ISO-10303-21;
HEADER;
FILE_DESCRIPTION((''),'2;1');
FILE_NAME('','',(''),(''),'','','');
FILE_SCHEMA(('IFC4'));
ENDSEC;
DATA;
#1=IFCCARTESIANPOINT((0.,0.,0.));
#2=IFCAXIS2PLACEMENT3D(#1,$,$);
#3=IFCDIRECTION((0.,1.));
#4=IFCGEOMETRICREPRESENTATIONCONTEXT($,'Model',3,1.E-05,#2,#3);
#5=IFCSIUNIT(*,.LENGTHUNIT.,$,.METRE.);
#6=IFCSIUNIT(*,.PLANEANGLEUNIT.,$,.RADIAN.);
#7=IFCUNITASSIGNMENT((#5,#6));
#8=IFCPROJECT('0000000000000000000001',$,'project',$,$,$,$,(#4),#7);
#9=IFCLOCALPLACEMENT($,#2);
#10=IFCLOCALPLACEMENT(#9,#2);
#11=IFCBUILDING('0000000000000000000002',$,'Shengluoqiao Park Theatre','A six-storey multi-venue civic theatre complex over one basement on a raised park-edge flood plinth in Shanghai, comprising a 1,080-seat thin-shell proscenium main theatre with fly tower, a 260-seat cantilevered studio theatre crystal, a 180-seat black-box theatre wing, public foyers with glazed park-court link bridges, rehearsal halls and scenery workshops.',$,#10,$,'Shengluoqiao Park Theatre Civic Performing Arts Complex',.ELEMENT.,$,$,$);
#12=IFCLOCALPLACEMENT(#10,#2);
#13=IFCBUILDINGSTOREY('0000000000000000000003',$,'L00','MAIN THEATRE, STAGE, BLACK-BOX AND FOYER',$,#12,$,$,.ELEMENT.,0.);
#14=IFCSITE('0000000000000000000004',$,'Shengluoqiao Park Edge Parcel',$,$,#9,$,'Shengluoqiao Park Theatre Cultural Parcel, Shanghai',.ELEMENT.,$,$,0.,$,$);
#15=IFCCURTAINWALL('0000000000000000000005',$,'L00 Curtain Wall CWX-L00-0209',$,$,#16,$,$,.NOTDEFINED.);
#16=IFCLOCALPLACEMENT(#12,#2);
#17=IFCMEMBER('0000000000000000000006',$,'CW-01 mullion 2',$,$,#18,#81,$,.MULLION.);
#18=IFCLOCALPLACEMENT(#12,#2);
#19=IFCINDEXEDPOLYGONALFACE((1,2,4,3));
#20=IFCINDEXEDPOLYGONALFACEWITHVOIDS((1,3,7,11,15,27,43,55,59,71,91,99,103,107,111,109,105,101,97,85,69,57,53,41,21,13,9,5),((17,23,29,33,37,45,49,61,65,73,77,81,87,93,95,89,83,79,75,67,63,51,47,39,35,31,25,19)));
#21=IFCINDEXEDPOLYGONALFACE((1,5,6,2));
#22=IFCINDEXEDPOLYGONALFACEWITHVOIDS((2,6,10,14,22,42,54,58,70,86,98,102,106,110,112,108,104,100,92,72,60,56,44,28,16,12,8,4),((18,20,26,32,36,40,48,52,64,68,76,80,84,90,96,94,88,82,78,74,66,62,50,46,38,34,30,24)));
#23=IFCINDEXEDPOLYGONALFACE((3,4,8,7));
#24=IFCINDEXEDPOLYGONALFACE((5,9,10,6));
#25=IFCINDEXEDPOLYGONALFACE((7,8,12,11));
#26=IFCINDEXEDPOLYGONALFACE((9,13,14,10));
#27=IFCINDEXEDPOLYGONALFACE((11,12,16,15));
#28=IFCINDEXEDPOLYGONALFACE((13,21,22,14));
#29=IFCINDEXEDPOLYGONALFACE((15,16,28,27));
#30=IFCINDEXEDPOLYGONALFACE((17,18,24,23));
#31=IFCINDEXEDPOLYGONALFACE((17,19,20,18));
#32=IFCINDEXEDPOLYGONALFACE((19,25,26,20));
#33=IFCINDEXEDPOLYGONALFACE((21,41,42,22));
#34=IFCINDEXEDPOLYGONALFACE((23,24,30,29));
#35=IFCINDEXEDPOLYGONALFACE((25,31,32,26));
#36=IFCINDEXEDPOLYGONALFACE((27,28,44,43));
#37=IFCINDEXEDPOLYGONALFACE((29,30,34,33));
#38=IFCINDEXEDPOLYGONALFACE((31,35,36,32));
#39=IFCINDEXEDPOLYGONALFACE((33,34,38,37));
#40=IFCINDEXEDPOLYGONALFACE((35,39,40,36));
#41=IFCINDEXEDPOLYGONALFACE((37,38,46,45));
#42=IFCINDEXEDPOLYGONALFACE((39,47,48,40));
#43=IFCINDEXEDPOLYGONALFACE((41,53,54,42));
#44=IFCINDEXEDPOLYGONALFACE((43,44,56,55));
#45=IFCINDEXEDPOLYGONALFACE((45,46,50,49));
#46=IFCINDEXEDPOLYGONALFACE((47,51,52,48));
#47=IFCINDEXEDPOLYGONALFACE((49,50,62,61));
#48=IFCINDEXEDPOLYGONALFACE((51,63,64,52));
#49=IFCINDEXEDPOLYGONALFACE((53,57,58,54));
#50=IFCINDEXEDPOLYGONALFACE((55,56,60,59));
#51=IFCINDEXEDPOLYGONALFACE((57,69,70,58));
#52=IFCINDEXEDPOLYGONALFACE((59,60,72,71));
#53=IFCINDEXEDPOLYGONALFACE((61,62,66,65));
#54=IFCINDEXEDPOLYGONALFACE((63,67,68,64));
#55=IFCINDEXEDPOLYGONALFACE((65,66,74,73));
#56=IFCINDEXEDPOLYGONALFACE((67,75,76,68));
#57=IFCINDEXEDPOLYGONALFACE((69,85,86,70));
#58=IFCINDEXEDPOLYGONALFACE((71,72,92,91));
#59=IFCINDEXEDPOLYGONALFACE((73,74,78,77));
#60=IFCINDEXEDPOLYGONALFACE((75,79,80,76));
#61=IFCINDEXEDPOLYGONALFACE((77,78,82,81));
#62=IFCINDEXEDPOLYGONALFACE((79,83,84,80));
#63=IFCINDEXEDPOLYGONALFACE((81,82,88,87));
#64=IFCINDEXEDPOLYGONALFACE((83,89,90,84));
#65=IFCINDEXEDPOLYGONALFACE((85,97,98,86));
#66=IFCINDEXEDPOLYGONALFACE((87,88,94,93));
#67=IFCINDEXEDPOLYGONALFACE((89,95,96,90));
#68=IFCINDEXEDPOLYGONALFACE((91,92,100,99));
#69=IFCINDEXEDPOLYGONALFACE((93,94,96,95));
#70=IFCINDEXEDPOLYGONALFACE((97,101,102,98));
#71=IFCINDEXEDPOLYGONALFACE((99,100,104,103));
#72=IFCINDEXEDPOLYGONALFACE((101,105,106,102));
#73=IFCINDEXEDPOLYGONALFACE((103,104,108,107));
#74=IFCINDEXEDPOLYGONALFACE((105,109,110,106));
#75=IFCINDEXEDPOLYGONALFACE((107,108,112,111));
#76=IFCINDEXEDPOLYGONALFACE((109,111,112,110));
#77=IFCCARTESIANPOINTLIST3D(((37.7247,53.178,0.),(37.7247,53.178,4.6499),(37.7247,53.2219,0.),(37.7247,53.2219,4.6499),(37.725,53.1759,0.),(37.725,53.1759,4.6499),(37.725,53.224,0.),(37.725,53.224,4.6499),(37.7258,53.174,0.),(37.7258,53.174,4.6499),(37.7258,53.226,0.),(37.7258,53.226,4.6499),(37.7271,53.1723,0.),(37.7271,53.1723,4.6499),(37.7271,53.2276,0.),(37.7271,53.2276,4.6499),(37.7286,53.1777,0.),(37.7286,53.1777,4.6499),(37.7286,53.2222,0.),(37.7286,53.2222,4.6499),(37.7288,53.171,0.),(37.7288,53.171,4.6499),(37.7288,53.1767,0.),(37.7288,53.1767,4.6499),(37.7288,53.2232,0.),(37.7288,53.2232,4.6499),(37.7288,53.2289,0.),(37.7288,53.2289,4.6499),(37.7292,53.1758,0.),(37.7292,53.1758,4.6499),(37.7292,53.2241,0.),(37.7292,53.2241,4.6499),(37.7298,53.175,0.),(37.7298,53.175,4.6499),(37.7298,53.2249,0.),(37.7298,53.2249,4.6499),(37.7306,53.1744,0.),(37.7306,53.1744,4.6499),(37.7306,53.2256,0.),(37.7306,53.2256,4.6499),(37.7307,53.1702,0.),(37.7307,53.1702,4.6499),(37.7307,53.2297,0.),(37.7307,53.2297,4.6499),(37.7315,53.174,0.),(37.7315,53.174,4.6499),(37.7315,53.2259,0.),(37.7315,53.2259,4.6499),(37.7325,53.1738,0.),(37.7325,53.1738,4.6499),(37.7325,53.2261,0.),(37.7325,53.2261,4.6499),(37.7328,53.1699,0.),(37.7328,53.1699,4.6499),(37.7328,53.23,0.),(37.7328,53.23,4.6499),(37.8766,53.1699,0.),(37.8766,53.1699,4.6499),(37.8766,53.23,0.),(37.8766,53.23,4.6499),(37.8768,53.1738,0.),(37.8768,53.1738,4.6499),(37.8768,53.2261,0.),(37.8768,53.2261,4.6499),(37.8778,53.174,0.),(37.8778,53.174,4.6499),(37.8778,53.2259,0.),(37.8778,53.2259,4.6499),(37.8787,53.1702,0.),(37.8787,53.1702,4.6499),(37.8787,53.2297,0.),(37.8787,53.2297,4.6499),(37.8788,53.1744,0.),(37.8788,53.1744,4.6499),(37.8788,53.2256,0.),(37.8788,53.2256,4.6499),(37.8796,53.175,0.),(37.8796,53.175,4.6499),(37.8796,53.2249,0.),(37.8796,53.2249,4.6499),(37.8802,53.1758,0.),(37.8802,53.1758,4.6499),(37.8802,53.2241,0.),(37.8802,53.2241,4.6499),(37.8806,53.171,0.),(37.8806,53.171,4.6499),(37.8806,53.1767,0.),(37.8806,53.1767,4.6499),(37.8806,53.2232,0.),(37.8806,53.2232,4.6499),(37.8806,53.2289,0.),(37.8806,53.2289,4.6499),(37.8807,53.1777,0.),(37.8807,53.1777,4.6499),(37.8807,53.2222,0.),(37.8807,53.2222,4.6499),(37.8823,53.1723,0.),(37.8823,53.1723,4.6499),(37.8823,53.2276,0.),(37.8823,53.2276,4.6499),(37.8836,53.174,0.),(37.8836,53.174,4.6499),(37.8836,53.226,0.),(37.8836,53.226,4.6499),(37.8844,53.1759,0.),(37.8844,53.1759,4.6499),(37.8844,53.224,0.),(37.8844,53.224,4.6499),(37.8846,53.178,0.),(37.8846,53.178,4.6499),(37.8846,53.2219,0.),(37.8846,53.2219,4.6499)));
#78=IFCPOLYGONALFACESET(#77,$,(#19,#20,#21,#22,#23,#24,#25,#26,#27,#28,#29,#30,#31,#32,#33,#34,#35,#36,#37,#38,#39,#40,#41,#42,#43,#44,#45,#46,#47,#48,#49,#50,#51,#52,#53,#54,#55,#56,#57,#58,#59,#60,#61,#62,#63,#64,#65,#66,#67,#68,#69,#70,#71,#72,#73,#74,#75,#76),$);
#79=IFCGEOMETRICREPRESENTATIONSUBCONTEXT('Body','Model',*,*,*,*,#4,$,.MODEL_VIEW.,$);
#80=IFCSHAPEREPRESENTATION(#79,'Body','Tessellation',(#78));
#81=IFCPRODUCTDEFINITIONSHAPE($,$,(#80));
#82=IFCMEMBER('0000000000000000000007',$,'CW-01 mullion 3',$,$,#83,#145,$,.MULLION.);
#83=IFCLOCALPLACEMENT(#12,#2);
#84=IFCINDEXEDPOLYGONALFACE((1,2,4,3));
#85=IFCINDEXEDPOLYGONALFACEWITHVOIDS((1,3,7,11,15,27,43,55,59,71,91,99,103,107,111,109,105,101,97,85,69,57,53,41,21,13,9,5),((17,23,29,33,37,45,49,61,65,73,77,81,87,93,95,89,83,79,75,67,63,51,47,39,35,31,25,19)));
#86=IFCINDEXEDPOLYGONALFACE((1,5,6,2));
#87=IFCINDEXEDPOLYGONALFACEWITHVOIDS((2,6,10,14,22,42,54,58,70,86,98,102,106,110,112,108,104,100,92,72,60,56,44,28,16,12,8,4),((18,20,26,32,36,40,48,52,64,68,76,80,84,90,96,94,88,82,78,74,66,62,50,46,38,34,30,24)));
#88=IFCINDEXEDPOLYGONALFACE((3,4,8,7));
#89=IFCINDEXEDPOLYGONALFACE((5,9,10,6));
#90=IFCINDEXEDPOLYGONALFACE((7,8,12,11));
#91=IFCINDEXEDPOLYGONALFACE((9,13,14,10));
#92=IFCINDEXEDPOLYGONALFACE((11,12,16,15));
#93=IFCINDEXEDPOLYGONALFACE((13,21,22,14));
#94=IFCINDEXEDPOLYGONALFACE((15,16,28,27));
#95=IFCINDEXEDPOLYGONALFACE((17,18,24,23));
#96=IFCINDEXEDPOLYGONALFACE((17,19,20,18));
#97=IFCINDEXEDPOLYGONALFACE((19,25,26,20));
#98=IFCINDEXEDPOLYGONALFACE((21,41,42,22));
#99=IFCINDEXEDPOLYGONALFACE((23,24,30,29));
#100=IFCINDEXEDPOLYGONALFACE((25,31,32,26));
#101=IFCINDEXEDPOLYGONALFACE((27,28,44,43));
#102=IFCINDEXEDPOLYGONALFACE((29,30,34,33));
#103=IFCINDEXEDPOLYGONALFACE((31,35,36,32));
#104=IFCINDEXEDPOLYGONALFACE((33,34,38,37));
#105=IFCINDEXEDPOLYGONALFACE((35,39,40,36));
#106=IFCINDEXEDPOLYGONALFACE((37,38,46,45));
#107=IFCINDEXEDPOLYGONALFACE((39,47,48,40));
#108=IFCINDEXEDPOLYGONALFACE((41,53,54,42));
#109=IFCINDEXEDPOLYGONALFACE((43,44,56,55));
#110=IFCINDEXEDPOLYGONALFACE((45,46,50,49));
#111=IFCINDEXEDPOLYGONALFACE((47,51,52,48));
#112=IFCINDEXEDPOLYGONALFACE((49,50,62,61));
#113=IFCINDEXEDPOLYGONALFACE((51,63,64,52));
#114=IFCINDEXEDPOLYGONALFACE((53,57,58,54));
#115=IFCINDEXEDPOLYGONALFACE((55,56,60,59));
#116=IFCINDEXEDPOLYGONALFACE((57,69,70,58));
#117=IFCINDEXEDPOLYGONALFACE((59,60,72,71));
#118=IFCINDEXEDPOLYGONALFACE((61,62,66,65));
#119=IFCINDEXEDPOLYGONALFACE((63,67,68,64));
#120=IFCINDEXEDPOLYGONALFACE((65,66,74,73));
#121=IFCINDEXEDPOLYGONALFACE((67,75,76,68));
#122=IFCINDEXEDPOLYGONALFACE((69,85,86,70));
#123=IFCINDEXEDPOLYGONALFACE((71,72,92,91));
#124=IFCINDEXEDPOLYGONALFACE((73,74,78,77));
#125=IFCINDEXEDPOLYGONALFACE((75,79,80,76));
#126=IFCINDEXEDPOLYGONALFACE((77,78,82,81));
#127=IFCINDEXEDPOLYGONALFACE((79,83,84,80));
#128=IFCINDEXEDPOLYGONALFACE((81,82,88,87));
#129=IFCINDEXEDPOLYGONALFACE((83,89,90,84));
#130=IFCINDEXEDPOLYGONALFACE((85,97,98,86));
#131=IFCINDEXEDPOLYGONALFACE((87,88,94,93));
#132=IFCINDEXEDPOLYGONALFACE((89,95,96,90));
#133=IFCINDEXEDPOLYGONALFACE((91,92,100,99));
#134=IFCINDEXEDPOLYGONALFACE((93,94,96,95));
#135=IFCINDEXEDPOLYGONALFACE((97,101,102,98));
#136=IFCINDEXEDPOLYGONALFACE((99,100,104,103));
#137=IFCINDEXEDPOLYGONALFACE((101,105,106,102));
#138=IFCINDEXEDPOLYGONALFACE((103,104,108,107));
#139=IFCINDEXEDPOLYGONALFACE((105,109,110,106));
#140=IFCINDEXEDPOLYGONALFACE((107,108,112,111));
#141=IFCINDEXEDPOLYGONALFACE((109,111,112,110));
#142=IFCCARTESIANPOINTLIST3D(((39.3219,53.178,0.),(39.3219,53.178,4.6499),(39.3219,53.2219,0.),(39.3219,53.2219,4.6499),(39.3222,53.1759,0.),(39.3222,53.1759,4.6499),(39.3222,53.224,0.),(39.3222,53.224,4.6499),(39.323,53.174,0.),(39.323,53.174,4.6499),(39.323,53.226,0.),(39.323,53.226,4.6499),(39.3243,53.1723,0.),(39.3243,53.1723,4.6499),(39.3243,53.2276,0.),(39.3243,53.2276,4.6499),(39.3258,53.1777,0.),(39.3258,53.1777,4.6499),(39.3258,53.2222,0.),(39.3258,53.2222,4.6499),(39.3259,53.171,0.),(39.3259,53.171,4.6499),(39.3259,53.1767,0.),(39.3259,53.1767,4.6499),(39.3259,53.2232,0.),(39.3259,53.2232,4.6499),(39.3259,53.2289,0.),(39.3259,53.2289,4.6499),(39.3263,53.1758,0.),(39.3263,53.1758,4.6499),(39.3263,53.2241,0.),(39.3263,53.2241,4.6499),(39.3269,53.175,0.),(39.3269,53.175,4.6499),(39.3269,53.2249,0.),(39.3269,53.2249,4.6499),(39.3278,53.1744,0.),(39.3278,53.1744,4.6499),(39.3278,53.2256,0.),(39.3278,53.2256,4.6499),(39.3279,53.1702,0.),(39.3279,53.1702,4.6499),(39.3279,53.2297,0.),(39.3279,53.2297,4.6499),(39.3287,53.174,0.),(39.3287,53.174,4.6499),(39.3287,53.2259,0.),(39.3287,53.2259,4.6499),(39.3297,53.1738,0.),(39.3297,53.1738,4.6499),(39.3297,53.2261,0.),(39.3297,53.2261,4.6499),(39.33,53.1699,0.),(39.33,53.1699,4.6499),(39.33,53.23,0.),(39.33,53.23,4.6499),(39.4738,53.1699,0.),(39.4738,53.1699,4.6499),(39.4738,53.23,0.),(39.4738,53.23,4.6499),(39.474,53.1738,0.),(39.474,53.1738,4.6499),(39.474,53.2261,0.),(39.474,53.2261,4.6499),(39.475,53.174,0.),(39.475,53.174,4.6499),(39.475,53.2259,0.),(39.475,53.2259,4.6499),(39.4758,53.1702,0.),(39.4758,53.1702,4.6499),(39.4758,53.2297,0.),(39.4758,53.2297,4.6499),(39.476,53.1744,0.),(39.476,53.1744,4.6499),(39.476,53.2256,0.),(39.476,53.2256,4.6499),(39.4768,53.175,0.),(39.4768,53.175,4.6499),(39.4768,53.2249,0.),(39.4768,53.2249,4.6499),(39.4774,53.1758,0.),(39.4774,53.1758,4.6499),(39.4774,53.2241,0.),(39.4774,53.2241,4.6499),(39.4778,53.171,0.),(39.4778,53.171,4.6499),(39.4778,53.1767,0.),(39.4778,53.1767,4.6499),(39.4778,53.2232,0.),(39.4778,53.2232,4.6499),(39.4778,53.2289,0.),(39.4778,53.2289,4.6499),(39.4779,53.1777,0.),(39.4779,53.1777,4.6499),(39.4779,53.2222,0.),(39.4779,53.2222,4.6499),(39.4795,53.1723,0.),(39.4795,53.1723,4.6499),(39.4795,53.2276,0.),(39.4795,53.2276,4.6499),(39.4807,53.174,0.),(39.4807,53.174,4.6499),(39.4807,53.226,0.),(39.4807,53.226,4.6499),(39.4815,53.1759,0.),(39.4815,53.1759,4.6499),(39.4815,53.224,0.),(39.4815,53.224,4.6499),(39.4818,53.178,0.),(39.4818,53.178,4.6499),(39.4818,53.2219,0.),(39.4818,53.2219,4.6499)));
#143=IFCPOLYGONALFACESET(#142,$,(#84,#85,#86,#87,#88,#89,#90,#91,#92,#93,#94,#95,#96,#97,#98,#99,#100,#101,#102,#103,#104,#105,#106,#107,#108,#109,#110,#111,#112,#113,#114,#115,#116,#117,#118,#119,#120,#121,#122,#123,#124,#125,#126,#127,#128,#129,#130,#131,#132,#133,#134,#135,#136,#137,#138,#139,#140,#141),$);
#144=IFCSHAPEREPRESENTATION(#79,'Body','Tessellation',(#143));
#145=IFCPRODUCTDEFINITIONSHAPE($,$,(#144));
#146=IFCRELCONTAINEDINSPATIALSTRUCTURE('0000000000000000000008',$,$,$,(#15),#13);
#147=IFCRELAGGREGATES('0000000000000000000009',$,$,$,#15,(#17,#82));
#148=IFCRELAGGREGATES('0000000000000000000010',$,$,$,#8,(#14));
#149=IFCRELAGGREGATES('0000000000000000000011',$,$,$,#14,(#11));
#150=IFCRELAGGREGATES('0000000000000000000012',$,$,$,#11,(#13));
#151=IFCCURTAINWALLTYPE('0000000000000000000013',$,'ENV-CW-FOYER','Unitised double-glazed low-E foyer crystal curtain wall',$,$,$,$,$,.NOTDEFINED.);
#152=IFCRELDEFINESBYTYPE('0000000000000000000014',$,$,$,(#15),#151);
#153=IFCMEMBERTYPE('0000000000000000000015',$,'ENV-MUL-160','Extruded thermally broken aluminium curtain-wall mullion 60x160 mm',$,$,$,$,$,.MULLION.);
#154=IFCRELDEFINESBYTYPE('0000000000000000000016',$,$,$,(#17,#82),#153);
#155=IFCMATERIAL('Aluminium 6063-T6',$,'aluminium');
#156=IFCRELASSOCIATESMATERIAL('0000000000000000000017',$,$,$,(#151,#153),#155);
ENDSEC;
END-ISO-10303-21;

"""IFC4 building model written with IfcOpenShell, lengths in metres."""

from ifc_helpers import new_model, si_unit, direction, frame, origin, origin_2d, place, context, subcontext, project, spatial, hollow_rectangle, extrude, material, material_profile, profile_set, type_object, element, aggregate, save


model = new_model("IFC4")

# Units and contexts
model_context = context("Model", 3, precision=1e-05, world=origin(), true_north=direction((0.0, 1.0)))
body_context = subcontext(model_context, "Body", "Model", "MODEL_VIEW")
ifc_project = project(units=[si_unit("LENGTHUNIT", "METRE"), si_unit("PLANEANGLEUNIT", "RADIAN")], contexts=[model_context])

# Site, building, storey
site_placement = place(None, origin())
site = spatial("IfcSite", under=ifc_project, at=site_placement, Name="Shengluoqiao Park Edge Parcel", LongName="Shengluoqiao Park Theatre Cultural Parcel, Shanghai", CompositionType="ELEMENT", RefElevation=0.0)
building_placement = place(site_placement, origin())
building = spatial("IfcBuilding", under=site, at=building_placement, Name="Shengluoqiao Park Theatre", Description="A six-storey multi-venue civic theatre complex over one basement on a raised park-edge flood plinth in Shanghai, comprising a 1,080-seat thin-shell proscenium main theatre with fly tower, a 260-seat cantilevered studio theatre crystal, a 180-seat black-box theatre wing, public foyers with glazed park-court link bridges, rehearsal halls and scenery workshops.", LongName="Shengluoqiao Park Theatre Civic Performing Arts Complex", CompositionType="ELEMENT")
storey_placement = place(building_placement, origin())
storey = spatial("IfcBuildingStorey", under=building, at=storey_placement, Name="L00", Description="MAIN THEATRE, STAGE, BLACK-BOX AND FOYER", CompositionType="ELEMENT", Elevation=0.0)

# Curtain wall, members
ifc_material_1 = material(Name="Aluminium 6063-T6", Category="aluminium")
curtain_wall_type_1 = type_object("IfcCurtainWallType", Name="ENV-CW-FOYER", Description="Unitised double-glazed low-E foyer crystal curtain wall", PredefinedType="NOTDEFINED", material=ifc_material_1)
curtain_wall_1_placement = place(storey_placement, origin())
curtain_wall_1 = element("IfcCurtainWall", 1, at=curtain_wall_1_placement, inside=storey, type_object=curtain_wall_type_1, Name="L00 Curtain Wall CWX-L00-0209", PredefinedType="NOTDEFINED")
ifc_material_profile_1 = material_profile(ifc_material_1, hollow_rectangle(XDim=0.0601, YDim=0.1599, WallThickness=0.0039, InnerFilletRadius=0.0039, OuterFilletRadius=0.0081, at=origin_2d()), Name="ALU MULLION 160x60x4")
ifc_profile_set_1 = profile_set([ifc_material_profile_1], Name="Aluminium 6063-T6")
member_type_1 = type_object("IfcMemberType", Name="ENV-MUL-160", Description="Extruded thermally broken aluminium curtain-wall mullion 60x160 mm", PredefinedType="MULLION", material=ifc_profile_set_1)
member_1_placement = place(storey_placement, frame((37.8047, 53.2, 0.0), z_axis=(0.0, 0.0, 1.0), x_axis=(0.0, 1.0, 0.0)))
member_1 = element("IfcMember", 2, at=member_1_placement, type_object=member_type_1, Name="CW-01 mullion 2", PredefinedType="MULLION", context=body_context, shape_type="SweptSolid", body=[
    extrude(hollow_rectangle(XDim=0.0601, YDim=0.1599, WallThickness=0.0039, InnerFilletRadius=0.0039, OuterFilletRadius=0.0081, at=origin_2d()), origin(), (0.0, 0.0, 1.0), 4.6499),
])
member_2_placement = place(storey_placement, frame((39.4019, 53.2, 0.0), z_axis=(0.0, 0.0, 1.0), x_axis=(0.0, 1.0, 0.0)))
member_2 = element("IfcMember", 3, at=member_2_placement, type_object=member_type_1, Name="CW-01 mullion 3", PredefinedType="MULLION", context=body_context, shape_type="SweptSolid", body=[
    extrude(hollow_rectangle(XDim=0.0601, YDim=0.1599, WallThickness=0.0039, InnerFilletRadius=0.0039, OuterFilletRadius=0.0081, at=origin_2d()), origin(), (0.0, 0.0, 1.0), 4.6499),
])

aggregate(curtain_wall_1, [member_1, member_2])

save(model, "model.ifc")
